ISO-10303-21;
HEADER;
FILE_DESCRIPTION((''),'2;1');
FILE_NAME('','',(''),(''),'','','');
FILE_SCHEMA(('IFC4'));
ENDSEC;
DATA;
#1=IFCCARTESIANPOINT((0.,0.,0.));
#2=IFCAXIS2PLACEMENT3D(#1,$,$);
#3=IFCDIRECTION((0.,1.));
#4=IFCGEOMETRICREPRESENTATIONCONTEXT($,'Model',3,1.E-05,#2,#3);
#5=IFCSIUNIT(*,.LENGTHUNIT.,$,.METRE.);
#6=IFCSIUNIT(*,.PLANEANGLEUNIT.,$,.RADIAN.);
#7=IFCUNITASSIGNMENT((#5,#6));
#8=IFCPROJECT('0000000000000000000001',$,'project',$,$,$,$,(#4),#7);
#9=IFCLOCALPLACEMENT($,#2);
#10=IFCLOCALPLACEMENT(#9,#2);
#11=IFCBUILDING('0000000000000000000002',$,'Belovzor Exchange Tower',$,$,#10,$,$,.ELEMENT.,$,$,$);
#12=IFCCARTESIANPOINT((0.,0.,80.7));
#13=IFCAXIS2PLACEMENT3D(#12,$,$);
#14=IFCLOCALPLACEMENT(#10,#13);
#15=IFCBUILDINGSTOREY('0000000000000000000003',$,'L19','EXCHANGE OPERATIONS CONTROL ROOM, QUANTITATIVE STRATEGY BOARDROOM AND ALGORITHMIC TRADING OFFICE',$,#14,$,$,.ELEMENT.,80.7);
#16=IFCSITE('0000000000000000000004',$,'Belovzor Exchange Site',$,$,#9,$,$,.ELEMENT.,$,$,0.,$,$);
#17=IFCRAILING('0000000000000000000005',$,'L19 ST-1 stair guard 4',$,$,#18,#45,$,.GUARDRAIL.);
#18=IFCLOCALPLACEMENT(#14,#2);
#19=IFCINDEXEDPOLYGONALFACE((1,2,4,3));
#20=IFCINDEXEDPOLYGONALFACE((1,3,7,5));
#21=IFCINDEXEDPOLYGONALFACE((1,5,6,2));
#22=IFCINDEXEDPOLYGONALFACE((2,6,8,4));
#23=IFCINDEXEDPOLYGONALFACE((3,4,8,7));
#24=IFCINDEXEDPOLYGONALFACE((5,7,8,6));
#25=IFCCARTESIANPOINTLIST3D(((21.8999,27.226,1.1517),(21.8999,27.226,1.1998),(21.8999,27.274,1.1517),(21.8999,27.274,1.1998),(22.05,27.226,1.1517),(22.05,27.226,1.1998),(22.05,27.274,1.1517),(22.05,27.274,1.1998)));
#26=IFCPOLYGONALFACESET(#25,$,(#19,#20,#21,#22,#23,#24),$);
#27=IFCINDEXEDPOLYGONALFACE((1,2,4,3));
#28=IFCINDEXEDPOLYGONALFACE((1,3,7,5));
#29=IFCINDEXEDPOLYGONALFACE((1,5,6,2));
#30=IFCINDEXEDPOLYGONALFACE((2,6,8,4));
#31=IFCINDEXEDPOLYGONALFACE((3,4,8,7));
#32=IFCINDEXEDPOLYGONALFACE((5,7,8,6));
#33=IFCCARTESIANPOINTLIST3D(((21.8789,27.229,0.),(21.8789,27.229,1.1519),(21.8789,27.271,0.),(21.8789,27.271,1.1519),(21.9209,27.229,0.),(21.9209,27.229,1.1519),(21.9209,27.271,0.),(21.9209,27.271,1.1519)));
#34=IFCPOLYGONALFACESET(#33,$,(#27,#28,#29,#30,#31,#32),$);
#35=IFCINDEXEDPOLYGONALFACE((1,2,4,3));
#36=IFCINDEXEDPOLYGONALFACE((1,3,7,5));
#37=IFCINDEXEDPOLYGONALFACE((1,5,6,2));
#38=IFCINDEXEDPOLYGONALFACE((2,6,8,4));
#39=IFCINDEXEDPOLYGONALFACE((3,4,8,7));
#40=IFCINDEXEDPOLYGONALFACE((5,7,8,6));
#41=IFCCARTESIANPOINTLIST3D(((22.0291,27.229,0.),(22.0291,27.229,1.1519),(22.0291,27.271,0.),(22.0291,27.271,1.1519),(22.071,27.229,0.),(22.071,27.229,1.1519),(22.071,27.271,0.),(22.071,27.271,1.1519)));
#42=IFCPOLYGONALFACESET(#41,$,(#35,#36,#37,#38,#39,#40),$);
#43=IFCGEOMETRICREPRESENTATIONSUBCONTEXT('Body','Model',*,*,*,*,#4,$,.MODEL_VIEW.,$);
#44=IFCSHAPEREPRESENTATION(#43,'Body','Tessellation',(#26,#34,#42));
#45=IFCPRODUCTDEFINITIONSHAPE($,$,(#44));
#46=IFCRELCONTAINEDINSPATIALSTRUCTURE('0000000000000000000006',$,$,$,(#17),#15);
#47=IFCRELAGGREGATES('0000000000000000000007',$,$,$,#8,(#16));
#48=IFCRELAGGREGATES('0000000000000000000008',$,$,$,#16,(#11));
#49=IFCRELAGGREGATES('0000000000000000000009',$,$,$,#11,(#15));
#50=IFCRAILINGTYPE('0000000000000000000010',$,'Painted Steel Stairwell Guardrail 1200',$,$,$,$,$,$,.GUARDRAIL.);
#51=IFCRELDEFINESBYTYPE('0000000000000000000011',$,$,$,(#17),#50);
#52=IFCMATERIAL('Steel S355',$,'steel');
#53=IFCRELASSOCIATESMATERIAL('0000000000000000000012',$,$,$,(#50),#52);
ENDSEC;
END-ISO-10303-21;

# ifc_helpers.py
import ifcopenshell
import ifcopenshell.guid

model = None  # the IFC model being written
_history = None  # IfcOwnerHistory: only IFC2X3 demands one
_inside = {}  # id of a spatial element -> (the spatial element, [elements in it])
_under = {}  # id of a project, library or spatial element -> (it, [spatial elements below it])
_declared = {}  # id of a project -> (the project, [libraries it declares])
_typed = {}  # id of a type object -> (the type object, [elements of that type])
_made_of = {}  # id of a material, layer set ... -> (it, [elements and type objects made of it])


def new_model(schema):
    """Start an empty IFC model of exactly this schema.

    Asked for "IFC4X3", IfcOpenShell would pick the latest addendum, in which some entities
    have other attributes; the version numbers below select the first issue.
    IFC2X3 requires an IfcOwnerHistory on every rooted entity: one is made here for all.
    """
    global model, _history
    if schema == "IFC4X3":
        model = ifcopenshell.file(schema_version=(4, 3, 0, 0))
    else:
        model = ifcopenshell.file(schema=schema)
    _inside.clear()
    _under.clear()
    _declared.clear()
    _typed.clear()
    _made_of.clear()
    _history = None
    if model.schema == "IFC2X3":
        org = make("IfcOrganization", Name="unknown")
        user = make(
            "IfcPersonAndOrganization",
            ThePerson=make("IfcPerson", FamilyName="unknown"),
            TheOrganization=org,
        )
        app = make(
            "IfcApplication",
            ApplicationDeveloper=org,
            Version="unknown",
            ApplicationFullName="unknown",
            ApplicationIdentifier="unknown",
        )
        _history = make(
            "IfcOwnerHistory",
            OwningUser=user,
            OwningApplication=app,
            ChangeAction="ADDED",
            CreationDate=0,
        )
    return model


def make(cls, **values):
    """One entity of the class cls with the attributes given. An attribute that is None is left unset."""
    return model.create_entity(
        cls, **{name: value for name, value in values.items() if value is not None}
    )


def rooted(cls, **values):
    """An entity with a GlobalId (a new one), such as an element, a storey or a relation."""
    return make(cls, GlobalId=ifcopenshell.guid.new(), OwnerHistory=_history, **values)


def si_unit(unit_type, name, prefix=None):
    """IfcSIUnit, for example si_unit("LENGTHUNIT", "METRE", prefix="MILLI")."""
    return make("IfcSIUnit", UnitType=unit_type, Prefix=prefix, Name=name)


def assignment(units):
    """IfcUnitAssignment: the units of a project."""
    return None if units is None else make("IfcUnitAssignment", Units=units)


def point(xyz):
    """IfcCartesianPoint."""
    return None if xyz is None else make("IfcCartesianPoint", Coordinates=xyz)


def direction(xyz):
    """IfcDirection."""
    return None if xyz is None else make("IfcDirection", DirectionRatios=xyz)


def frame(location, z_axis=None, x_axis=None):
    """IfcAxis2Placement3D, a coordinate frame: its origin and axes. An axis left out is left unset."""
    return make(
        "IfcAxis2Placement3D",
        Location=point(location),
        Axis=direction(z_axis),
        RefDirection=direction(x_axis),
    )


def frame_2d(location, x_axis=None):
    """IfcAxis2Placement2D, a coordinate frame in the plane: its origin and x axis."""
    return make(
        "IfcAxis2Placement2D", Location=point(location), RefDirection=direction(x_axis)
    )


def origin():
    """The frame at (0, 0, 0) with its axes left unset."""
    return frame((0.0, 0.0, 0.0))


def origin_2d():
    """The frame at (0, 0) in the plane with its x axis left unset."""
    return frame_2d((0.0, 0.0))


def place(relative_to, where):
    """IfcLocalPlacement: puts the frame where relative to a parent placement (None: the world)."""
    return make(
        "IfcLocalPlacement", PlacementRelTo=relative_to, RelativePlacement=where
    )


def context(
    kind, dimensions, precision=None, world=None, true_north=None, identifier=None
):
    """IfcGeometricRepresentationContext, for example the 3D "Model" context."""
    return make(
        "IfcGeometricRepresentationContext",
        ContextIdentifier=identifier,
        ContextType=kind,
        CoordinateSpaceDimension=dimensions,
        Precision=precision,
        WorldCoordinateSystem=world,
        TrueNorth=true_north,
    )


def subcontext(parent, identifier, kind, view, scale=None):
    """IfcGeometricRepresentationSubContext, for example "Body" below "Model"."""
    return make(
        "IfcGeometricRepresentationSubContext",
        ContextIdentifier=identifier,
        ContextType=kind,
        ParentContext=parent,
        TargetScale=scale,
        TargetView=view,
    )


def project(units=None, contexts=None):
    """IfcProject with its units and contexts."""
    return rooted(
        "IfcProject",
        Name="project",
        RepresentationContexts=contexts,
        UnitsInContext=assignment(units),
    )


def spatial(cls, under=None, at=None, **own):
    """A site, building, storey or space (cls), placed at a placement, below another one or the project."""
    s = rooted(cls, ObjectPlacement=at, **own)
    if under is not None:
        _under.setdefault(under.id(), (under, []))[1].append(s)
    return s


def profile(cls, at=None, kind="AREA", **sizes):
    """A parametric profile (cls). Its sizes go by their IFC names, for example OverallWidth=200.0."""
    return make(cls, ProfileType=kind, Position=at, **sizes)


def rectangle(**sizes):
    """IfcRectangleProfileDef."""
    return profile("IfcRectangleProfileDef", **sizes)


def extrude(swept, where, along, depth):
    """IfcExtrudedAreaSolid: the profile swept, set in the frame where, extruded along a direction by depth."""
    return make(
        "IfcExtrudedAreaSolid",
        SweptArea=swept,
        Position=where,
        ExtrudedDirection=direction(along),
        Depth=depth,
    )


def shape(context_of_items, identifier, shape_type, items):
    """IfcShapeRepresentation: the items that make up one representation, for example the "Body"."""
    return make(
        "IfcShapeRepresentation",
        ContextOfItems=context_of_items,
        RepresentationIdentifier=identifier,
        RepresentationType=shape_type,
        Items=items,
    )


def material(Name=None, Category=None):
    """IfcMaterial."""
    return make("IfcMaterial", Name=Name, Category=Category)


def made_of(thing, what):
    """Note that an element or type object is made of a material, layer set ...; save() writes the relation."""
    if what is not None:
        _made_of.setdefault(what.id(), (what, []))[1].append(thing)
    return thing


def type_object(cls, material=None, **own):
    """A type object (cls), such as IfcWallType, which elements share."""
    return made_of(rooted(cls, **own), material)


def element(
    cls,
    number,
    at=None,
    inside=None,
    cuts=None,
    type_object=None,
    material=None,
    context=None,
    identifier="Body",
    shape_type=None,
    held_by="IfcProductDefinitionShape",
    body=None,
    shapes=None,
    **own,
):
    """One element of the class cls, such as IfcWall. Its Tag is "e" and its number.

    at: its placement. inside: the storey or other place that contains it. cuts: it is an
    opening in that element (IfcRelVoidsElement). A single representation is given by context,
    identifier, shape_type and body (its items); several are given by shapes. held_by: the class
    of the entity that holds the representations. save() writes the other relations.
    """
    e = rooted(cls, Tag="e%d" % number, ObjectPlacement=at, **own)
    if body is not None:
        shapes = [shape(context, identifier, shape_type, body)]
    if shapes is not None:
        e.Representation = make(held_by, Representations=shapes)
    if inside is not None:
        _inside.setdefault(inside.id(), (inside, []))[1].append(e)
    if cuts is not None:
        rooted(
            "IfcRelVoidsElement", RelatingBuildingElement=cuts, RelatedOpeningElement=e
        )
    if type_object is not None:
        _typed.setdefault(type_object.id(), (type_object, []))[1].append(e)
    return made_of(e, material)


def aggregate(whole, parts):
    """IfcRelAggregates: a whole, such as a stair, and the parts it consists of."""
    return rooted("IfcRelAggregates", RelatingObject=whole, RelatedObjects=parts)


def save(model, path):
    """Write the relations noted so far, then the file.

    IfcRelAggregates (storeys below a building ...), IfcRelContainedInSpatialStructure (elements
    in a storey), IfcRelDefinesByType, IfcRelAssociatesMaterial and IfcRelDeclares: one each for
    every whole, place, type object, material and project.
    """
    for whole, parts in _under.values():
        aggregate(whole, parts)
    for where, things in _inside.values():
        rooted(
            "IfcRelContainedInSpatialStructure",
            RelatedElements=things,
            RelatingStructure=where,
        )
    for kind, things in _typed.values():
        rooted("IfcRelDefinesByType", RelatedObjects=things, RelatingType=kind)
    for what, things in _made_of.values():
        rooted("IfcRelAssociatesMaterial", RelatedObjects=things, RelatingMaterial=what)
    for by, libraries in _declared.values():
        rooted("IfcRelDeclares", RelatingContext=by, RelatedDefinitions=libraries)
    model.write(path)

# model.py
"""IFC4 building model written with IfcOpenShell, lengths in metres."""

from ifc_helpers import new_model, si_unit, direction, frame, origin, origin_2d, place, context, subcontext, project, spatial, rectangle, extrude, material, type_object, element, save


model = new_model("IFC4")

# Units and contexts
model_context = context("Model", 3, precision=1e-05, world=origin(), true_north=direction((0.0, 1.0)))
body_context = subcontext(model_context, "Body", "Model", "MODEL_VIEW")
ifc_project = project(units=[si_unit("LENGTHUNIT", "METRE"), si_unit("PLANEANGLEUNIT", "RADIAN")], contexts=[model_context])

# Site, building, storey
site_placement = place(None, origin())
site = spatial("IfcSite", under=ifc_project, at=site_placement, Name="Belovzor Exchange Site", CompositionType="ELEMENT", RefElevation=0.0)
building_placement = place(site_placement, origin())
building = spatial("IfcBuilding", under=site, at=building_placement, Name="Belovzor Exchange Tower", CompositionType="ELEMENT")
storey_placement = place(building_placement, frame((0.0, 0.0, 80.7)))
storey = spatial("IfcBuildingStorey", under=building, at=storey_placement, Name="L19", Description="EXCHANGE OPERATIONS CONTROL ROOM, QUANTITATIVE STRATEGY BOARDROOM AND ALGORITHMIC TRADING OFFICE", CompositionType="ELEMENT", Elevation=80.7)

# Railing
ifc_material_1 = material(Name="Steel S355", Category="steel")
railing_type_1 = type_object("IfcRailingType", Name="Painted Steel Stairwell Guardrail 1200", PredefinedType="GUARDRAIL", material=ifc_material_1)
railing_1_placement = place(storey_placement, frame((21.8999, 27.25, 0.0)))
element("IfcRailing", 1, at=railing_1_placement, inside=storey, type_object=railing_type_1, Name="L19 ST-1 stair guard 4", PredefinedType="GUARDRAIL", context=body_context, shape_type="SweptSolid", body=[
    extrude(rectangle(XDim=0.0481, YDim=0.0481, at=origin_2d()), frame((0.0, 0.0, 1.1758), z_axis=(1.0, 0.0, 0.0), x_axis=(0.0, 1.0, 0.0)), (0.0, 0.0, 1.0), 0.1501),
    extrude(rectangle(XDim=0.042, YDim=0.042, at=origin_2d()), origin(), (0.0, 0.0, 1.0), 1.1519),
    extrude(rectangle(XDim=0.042, YDim=0.042, at=origin_2d()), frame((0.1501, 0.0, 0.0)), (0.0, 0.0, 1.0), 1.1519),
])

save(model, "model.ifc")
